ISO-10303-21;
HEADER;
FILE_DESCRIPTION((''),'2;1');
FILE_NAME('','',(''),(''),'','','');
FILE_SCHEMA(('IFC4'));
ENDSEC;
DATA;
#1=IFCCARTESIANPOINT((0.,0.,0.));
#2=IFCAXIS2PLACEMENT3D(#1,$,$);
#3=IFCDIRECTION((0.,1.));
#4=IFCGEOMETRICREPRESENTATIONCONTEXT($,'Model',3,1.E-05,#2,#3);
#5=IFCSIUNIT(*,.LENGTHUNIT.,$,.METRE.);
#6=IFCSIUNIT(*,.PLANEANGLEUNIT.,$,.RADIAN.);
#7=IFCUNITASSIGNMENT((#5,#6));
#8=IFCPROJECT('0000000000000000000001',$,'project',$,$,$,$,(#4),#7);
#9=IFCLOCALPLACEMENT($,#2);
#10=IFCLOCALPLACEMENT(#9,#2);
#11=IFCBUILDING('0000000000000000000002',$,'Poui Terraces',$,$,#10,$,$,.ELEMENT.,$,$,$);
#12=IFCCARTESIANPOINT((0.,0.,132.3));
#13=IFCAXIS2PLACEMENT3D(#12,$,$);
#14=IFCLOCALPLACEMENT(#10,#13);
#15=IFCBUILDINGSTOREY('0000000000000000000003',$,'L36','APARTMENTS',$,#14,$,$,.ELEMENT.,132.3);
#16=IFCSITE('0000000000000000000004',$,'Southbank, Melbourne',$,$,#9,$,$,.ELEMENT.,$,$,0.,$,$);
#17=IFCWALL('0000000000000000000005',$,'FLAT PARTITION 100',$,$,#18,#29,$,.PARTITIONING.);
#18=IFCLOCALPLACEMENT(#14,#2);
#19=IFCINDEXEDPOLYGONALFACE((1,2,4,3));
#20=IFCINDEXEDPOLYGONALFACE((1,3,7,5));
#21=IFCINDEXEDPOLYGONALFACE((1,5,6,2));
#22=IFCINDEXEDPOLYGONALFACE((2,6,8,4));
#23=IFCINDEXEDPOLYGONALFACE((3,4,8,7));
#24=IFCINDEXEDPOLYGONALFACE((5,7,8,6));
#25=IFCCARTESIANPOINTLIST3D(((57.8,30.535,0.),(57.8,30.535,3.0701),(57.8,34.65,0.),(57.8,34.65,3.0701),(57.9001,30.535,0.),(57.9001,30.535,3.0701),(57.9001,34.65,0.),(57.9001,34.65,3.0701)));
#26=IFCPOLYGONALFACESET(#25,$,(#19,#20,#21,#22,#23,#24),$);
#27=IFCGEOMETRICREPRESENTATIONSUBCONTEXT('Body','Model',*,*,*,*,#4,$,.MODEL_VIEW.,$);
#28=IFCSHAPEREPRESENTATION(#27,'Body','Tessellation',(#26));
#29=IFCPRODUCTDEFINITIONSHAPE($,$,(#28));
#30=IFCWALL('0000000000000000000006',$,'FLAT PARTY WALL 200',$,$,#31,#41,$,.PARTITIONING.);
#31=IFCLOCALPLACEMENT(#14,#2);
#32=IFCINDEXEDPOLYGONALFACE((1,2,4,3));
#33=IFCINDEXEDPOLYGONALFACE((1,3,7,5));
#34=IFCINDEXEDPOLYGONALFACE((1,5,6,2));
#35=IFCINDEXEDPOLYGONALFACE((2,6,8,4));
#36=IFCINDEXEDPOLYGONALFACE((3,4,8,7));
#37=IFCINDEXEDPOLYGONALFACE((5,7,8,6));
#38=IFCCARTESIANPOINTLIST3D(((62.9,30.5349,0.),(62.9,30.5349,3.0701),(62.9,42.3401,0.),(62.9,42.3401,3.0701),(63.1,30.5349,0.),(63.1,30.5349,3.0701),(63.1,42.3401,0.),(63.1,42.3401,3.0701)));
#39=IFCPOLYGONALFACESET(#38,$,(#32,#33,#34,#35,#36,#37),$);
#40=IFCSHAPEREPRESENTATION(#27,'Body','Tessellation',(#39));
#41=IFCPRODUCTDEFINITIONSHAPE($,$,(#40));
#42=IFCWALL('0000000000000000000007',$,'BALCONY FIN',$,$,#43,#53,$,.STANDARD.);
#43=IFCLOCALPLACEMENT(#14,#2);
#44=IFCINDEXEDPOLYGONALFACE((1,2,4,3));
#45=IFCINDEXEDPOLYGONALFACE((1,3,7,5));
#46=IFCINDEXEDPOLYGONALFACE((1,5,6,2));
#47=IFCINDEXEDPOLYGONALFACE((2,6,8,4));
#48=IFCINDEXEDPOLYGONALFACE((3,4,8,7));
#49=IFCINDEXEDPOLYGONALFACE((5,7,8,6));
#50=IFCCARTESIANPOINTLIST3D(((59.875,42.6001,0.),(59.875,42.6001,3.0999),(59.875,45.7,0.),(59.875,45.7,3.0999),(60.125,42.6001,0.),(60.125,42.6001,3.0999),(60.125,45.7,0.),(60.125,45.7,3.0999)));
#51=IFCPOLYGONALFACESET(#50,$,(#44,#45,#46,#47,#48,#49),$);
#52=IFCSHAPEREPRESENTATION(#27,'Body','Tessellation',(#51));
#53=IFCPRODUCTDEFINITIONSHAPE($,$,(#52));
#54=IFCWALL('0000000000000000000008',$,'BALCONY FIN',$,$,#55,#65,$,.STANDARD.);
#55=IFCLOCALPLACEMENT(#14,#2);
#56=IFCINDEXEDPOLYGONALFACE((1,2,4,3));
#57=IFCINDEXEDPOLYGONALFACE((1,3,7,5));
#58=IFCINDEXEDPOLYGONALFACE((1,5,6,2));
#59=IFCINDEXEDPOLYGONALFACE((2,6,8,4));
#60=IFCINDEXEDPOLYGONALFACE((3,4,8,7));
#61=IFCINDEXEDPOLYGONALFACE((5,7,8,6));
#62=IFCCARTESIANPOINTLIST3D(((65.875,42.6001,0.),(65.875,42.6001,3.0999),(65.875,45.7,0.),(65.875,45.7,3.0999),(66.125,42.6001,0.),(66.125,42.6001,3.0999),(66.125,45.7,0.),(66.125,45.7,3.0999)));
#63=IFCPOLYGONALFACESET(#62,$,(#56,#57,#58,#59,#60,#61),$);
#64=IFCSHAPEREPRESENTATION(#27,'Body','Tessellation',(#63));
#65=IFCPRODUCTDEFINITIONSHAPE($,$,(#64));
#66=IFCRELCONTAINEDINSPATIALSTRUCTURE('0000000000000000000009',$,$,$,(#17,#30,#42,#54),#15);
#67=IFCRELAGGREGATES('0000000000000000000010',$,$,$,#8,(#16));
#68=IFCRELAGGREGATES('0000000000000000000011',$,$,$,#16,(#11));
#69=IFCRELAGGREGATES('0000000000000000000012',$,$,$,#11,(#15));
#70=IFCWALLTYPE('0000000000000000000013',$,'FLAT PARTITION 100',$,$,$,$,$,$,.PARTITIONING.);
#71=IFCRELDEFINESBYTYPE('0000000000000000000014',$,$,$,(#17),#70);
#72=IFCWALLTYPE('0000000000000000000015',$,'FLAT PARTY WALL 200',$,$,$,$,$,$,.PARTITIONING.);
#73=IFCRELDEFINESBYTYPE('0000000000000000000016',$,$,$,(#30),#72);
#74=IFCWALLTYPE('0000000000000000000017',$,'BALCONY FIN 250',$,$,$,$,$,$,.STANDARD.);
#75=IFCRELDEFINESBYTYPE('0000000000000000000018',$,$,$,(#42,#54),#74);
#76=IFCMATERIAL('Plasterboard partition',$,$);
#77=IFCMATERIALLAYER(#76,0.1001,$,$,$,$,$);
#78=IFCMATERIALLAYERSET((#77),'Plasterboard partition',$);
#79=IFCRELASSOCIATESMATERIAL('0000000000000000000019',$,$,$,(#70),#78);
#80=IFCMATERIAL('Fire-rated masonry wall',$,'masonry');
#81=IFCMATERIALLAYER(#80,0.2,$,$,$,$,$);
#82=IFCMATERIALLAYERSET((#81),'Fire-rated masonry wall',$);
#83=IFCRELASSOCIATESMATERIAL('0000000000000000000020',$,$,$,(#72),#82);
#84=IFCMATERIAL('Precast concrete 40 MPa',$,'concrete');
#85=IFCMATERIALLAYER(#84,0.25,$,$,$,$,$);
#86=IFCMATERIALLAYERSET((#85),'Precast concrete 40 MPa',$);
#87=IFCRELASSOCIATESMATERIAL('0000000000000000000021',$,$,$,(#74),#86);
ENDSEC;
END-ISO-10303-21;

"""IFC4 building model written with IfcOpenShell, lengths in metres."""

from ifc_helpers import new_model, si_unit, direction, frame, frame_2d, origin, place, context, subcontext, project, spatial, polyline, rectangle, outline, extrude, source, transform, mapped, material, layer, layer_set, type_object, element, save


model = new_model("IFC4")

# Units and contexts
model_context = context("Model", 3, precision=1e-05, world=origin(), true_north=direction((0.0, 1.0)))
body_context = subcontext(model_context, "Body", "Model", "MODEL_VIEW")
ifc_project = project(units=[si_unit("LENGTHUNIT", "METRE"), si_unit("PLANEANGLEUNIT", "RADIAN")], contexts=[model_context])

# Site, building, storey
site_placement = place(None, origin())
site = spatial("IfcSite", under=ifc_project, at=site_placement, Name="Southbank, Melbourne", CompositionType="ELEMENT", RefElevation=0.0)
building_placement = place(site_placement, origin())
building = spatial("IfcBuilding", under=site, at=building_placement, Name="Poui Terraces", CompositionType="ELEMENT")
storey_placement = place(building_placement, frame((0.0, 0.0, 132.3)))
storey = spatial("IfcBuildingStorey", under=building, at=storey_placement, Name="L36", Description="APARTMENTS", CompositionType="ELEMENT", Elevation=132.3)

# Shared definitions
ifc_material_1 = material(Name="Plasterboard partition")
ifc_layer_1 = layer(ifc_material_1, 0.1001)
ifc_layer_set_1 = layer_set([ifc_layer_1], Name="Plasterboard partition")
wall_type_1 = type_object("IfcWallType", Name="FLAT PARTITION 100", PredefinedType="PARTITIONING", material=ifc_layer_set_1)

# Walls
wall_1_placement = place(storey_placement, frame((57.8501, 30.5349, 0.0), z_axis=(0.0, 0.0, 1.0), x_axis=(0.0, 1.0, 0.0)))
element("IfcWall", 1, at=wall_1_placement, inside=storey, type_object=wall_type_1, Name="FLAT PARTITION 100", PredefinedType="PARTITIONING", context=body_context, shape_type="SweptSolid", body=[
    extrude(rectangle(XDim=4.115, YDim=0.1001, at=frame_2d((2.0576, 0.0))), origin(), (0.0, 0.0, 1.0), 3.0701),
])
ifc_material_2 = material(Name="Fire-rated masonry wall", Category="masonry")
ifc_layer_2 = layer(ifc_material_2, 0.2)
ifc_layer_set_2 = layer_set([ifc_layer_2], Name="Fire-rated masonry wall")
wall_type_2 = type_object("IfcWallType", Name="FLAT PARTY WALL 200", PredefinedType="PARTITIONING", material=ifc_layer_set_2)
wall_2_placement = place(storey_placement, frame((63.0, 30.5349, 0.0), z_axis=(0.0, 0.0, 1.0), x_axis=(0.0, 1.0, 0.0)))
element("IfcWall", 2, at=wall_2_placement, inside=storey, type_object=wall_type_2, Name="FLAT PARTY WALL 200", PredefinedType="PARTITIONING", context=body_context, shape_type="SweptSolid", body=[
    extrude(rectangle(XDim=11.8052, YDim=0.2, at=frame_2d((5.9026, 0.0))), origin(), (0.0, 0.0, 1.0), 3.0701),
])
ifc_material_3 = material(Name="Precast concrete 40 MPa", Category="concrete")
ifc_layer_3 = layer(ifc_material_3, 0.25)
ifc_layer_set_3 = layer_set([ifc_layer_3], Name="Precast concrete 40 MPa")
wall_type_3 = type_object("IfcWallType", Name="BALCONY FIN 250", PredefinedType="STANDARD", material=ifc_layer_set_3)
shared_shape_1 = source(origin(), body_context, "Body", "SweptSolid", [
    extrude(outline(polyline([(0.0, 0.0), (0.25, 0.0), (0.25, 3.0999), (0.0, 3.0999), (0.0, 0.0)])), origin(), (0.0, 0.0, 1.0), 3.0999),
])
for number, where, name in (
    (3, (59.875, 42.6001, 0.0), "BALCONY FIN"),
    (4, (65.875, 42.6001, 0.0), "BALCONY FIN"),
):
    element("IfcWall", number, at=place(storey_placement, frame(where)), inside=storey, type_object=wall_type_3, Name=name, PredefinedType="STANDARD", context=body_context, shape_type="MappedRepresentation", body=[
        mapped(shared_shape_1, transform((0.0, 0.0, 0.0))),
    ])

save(model, "model.ifc")
